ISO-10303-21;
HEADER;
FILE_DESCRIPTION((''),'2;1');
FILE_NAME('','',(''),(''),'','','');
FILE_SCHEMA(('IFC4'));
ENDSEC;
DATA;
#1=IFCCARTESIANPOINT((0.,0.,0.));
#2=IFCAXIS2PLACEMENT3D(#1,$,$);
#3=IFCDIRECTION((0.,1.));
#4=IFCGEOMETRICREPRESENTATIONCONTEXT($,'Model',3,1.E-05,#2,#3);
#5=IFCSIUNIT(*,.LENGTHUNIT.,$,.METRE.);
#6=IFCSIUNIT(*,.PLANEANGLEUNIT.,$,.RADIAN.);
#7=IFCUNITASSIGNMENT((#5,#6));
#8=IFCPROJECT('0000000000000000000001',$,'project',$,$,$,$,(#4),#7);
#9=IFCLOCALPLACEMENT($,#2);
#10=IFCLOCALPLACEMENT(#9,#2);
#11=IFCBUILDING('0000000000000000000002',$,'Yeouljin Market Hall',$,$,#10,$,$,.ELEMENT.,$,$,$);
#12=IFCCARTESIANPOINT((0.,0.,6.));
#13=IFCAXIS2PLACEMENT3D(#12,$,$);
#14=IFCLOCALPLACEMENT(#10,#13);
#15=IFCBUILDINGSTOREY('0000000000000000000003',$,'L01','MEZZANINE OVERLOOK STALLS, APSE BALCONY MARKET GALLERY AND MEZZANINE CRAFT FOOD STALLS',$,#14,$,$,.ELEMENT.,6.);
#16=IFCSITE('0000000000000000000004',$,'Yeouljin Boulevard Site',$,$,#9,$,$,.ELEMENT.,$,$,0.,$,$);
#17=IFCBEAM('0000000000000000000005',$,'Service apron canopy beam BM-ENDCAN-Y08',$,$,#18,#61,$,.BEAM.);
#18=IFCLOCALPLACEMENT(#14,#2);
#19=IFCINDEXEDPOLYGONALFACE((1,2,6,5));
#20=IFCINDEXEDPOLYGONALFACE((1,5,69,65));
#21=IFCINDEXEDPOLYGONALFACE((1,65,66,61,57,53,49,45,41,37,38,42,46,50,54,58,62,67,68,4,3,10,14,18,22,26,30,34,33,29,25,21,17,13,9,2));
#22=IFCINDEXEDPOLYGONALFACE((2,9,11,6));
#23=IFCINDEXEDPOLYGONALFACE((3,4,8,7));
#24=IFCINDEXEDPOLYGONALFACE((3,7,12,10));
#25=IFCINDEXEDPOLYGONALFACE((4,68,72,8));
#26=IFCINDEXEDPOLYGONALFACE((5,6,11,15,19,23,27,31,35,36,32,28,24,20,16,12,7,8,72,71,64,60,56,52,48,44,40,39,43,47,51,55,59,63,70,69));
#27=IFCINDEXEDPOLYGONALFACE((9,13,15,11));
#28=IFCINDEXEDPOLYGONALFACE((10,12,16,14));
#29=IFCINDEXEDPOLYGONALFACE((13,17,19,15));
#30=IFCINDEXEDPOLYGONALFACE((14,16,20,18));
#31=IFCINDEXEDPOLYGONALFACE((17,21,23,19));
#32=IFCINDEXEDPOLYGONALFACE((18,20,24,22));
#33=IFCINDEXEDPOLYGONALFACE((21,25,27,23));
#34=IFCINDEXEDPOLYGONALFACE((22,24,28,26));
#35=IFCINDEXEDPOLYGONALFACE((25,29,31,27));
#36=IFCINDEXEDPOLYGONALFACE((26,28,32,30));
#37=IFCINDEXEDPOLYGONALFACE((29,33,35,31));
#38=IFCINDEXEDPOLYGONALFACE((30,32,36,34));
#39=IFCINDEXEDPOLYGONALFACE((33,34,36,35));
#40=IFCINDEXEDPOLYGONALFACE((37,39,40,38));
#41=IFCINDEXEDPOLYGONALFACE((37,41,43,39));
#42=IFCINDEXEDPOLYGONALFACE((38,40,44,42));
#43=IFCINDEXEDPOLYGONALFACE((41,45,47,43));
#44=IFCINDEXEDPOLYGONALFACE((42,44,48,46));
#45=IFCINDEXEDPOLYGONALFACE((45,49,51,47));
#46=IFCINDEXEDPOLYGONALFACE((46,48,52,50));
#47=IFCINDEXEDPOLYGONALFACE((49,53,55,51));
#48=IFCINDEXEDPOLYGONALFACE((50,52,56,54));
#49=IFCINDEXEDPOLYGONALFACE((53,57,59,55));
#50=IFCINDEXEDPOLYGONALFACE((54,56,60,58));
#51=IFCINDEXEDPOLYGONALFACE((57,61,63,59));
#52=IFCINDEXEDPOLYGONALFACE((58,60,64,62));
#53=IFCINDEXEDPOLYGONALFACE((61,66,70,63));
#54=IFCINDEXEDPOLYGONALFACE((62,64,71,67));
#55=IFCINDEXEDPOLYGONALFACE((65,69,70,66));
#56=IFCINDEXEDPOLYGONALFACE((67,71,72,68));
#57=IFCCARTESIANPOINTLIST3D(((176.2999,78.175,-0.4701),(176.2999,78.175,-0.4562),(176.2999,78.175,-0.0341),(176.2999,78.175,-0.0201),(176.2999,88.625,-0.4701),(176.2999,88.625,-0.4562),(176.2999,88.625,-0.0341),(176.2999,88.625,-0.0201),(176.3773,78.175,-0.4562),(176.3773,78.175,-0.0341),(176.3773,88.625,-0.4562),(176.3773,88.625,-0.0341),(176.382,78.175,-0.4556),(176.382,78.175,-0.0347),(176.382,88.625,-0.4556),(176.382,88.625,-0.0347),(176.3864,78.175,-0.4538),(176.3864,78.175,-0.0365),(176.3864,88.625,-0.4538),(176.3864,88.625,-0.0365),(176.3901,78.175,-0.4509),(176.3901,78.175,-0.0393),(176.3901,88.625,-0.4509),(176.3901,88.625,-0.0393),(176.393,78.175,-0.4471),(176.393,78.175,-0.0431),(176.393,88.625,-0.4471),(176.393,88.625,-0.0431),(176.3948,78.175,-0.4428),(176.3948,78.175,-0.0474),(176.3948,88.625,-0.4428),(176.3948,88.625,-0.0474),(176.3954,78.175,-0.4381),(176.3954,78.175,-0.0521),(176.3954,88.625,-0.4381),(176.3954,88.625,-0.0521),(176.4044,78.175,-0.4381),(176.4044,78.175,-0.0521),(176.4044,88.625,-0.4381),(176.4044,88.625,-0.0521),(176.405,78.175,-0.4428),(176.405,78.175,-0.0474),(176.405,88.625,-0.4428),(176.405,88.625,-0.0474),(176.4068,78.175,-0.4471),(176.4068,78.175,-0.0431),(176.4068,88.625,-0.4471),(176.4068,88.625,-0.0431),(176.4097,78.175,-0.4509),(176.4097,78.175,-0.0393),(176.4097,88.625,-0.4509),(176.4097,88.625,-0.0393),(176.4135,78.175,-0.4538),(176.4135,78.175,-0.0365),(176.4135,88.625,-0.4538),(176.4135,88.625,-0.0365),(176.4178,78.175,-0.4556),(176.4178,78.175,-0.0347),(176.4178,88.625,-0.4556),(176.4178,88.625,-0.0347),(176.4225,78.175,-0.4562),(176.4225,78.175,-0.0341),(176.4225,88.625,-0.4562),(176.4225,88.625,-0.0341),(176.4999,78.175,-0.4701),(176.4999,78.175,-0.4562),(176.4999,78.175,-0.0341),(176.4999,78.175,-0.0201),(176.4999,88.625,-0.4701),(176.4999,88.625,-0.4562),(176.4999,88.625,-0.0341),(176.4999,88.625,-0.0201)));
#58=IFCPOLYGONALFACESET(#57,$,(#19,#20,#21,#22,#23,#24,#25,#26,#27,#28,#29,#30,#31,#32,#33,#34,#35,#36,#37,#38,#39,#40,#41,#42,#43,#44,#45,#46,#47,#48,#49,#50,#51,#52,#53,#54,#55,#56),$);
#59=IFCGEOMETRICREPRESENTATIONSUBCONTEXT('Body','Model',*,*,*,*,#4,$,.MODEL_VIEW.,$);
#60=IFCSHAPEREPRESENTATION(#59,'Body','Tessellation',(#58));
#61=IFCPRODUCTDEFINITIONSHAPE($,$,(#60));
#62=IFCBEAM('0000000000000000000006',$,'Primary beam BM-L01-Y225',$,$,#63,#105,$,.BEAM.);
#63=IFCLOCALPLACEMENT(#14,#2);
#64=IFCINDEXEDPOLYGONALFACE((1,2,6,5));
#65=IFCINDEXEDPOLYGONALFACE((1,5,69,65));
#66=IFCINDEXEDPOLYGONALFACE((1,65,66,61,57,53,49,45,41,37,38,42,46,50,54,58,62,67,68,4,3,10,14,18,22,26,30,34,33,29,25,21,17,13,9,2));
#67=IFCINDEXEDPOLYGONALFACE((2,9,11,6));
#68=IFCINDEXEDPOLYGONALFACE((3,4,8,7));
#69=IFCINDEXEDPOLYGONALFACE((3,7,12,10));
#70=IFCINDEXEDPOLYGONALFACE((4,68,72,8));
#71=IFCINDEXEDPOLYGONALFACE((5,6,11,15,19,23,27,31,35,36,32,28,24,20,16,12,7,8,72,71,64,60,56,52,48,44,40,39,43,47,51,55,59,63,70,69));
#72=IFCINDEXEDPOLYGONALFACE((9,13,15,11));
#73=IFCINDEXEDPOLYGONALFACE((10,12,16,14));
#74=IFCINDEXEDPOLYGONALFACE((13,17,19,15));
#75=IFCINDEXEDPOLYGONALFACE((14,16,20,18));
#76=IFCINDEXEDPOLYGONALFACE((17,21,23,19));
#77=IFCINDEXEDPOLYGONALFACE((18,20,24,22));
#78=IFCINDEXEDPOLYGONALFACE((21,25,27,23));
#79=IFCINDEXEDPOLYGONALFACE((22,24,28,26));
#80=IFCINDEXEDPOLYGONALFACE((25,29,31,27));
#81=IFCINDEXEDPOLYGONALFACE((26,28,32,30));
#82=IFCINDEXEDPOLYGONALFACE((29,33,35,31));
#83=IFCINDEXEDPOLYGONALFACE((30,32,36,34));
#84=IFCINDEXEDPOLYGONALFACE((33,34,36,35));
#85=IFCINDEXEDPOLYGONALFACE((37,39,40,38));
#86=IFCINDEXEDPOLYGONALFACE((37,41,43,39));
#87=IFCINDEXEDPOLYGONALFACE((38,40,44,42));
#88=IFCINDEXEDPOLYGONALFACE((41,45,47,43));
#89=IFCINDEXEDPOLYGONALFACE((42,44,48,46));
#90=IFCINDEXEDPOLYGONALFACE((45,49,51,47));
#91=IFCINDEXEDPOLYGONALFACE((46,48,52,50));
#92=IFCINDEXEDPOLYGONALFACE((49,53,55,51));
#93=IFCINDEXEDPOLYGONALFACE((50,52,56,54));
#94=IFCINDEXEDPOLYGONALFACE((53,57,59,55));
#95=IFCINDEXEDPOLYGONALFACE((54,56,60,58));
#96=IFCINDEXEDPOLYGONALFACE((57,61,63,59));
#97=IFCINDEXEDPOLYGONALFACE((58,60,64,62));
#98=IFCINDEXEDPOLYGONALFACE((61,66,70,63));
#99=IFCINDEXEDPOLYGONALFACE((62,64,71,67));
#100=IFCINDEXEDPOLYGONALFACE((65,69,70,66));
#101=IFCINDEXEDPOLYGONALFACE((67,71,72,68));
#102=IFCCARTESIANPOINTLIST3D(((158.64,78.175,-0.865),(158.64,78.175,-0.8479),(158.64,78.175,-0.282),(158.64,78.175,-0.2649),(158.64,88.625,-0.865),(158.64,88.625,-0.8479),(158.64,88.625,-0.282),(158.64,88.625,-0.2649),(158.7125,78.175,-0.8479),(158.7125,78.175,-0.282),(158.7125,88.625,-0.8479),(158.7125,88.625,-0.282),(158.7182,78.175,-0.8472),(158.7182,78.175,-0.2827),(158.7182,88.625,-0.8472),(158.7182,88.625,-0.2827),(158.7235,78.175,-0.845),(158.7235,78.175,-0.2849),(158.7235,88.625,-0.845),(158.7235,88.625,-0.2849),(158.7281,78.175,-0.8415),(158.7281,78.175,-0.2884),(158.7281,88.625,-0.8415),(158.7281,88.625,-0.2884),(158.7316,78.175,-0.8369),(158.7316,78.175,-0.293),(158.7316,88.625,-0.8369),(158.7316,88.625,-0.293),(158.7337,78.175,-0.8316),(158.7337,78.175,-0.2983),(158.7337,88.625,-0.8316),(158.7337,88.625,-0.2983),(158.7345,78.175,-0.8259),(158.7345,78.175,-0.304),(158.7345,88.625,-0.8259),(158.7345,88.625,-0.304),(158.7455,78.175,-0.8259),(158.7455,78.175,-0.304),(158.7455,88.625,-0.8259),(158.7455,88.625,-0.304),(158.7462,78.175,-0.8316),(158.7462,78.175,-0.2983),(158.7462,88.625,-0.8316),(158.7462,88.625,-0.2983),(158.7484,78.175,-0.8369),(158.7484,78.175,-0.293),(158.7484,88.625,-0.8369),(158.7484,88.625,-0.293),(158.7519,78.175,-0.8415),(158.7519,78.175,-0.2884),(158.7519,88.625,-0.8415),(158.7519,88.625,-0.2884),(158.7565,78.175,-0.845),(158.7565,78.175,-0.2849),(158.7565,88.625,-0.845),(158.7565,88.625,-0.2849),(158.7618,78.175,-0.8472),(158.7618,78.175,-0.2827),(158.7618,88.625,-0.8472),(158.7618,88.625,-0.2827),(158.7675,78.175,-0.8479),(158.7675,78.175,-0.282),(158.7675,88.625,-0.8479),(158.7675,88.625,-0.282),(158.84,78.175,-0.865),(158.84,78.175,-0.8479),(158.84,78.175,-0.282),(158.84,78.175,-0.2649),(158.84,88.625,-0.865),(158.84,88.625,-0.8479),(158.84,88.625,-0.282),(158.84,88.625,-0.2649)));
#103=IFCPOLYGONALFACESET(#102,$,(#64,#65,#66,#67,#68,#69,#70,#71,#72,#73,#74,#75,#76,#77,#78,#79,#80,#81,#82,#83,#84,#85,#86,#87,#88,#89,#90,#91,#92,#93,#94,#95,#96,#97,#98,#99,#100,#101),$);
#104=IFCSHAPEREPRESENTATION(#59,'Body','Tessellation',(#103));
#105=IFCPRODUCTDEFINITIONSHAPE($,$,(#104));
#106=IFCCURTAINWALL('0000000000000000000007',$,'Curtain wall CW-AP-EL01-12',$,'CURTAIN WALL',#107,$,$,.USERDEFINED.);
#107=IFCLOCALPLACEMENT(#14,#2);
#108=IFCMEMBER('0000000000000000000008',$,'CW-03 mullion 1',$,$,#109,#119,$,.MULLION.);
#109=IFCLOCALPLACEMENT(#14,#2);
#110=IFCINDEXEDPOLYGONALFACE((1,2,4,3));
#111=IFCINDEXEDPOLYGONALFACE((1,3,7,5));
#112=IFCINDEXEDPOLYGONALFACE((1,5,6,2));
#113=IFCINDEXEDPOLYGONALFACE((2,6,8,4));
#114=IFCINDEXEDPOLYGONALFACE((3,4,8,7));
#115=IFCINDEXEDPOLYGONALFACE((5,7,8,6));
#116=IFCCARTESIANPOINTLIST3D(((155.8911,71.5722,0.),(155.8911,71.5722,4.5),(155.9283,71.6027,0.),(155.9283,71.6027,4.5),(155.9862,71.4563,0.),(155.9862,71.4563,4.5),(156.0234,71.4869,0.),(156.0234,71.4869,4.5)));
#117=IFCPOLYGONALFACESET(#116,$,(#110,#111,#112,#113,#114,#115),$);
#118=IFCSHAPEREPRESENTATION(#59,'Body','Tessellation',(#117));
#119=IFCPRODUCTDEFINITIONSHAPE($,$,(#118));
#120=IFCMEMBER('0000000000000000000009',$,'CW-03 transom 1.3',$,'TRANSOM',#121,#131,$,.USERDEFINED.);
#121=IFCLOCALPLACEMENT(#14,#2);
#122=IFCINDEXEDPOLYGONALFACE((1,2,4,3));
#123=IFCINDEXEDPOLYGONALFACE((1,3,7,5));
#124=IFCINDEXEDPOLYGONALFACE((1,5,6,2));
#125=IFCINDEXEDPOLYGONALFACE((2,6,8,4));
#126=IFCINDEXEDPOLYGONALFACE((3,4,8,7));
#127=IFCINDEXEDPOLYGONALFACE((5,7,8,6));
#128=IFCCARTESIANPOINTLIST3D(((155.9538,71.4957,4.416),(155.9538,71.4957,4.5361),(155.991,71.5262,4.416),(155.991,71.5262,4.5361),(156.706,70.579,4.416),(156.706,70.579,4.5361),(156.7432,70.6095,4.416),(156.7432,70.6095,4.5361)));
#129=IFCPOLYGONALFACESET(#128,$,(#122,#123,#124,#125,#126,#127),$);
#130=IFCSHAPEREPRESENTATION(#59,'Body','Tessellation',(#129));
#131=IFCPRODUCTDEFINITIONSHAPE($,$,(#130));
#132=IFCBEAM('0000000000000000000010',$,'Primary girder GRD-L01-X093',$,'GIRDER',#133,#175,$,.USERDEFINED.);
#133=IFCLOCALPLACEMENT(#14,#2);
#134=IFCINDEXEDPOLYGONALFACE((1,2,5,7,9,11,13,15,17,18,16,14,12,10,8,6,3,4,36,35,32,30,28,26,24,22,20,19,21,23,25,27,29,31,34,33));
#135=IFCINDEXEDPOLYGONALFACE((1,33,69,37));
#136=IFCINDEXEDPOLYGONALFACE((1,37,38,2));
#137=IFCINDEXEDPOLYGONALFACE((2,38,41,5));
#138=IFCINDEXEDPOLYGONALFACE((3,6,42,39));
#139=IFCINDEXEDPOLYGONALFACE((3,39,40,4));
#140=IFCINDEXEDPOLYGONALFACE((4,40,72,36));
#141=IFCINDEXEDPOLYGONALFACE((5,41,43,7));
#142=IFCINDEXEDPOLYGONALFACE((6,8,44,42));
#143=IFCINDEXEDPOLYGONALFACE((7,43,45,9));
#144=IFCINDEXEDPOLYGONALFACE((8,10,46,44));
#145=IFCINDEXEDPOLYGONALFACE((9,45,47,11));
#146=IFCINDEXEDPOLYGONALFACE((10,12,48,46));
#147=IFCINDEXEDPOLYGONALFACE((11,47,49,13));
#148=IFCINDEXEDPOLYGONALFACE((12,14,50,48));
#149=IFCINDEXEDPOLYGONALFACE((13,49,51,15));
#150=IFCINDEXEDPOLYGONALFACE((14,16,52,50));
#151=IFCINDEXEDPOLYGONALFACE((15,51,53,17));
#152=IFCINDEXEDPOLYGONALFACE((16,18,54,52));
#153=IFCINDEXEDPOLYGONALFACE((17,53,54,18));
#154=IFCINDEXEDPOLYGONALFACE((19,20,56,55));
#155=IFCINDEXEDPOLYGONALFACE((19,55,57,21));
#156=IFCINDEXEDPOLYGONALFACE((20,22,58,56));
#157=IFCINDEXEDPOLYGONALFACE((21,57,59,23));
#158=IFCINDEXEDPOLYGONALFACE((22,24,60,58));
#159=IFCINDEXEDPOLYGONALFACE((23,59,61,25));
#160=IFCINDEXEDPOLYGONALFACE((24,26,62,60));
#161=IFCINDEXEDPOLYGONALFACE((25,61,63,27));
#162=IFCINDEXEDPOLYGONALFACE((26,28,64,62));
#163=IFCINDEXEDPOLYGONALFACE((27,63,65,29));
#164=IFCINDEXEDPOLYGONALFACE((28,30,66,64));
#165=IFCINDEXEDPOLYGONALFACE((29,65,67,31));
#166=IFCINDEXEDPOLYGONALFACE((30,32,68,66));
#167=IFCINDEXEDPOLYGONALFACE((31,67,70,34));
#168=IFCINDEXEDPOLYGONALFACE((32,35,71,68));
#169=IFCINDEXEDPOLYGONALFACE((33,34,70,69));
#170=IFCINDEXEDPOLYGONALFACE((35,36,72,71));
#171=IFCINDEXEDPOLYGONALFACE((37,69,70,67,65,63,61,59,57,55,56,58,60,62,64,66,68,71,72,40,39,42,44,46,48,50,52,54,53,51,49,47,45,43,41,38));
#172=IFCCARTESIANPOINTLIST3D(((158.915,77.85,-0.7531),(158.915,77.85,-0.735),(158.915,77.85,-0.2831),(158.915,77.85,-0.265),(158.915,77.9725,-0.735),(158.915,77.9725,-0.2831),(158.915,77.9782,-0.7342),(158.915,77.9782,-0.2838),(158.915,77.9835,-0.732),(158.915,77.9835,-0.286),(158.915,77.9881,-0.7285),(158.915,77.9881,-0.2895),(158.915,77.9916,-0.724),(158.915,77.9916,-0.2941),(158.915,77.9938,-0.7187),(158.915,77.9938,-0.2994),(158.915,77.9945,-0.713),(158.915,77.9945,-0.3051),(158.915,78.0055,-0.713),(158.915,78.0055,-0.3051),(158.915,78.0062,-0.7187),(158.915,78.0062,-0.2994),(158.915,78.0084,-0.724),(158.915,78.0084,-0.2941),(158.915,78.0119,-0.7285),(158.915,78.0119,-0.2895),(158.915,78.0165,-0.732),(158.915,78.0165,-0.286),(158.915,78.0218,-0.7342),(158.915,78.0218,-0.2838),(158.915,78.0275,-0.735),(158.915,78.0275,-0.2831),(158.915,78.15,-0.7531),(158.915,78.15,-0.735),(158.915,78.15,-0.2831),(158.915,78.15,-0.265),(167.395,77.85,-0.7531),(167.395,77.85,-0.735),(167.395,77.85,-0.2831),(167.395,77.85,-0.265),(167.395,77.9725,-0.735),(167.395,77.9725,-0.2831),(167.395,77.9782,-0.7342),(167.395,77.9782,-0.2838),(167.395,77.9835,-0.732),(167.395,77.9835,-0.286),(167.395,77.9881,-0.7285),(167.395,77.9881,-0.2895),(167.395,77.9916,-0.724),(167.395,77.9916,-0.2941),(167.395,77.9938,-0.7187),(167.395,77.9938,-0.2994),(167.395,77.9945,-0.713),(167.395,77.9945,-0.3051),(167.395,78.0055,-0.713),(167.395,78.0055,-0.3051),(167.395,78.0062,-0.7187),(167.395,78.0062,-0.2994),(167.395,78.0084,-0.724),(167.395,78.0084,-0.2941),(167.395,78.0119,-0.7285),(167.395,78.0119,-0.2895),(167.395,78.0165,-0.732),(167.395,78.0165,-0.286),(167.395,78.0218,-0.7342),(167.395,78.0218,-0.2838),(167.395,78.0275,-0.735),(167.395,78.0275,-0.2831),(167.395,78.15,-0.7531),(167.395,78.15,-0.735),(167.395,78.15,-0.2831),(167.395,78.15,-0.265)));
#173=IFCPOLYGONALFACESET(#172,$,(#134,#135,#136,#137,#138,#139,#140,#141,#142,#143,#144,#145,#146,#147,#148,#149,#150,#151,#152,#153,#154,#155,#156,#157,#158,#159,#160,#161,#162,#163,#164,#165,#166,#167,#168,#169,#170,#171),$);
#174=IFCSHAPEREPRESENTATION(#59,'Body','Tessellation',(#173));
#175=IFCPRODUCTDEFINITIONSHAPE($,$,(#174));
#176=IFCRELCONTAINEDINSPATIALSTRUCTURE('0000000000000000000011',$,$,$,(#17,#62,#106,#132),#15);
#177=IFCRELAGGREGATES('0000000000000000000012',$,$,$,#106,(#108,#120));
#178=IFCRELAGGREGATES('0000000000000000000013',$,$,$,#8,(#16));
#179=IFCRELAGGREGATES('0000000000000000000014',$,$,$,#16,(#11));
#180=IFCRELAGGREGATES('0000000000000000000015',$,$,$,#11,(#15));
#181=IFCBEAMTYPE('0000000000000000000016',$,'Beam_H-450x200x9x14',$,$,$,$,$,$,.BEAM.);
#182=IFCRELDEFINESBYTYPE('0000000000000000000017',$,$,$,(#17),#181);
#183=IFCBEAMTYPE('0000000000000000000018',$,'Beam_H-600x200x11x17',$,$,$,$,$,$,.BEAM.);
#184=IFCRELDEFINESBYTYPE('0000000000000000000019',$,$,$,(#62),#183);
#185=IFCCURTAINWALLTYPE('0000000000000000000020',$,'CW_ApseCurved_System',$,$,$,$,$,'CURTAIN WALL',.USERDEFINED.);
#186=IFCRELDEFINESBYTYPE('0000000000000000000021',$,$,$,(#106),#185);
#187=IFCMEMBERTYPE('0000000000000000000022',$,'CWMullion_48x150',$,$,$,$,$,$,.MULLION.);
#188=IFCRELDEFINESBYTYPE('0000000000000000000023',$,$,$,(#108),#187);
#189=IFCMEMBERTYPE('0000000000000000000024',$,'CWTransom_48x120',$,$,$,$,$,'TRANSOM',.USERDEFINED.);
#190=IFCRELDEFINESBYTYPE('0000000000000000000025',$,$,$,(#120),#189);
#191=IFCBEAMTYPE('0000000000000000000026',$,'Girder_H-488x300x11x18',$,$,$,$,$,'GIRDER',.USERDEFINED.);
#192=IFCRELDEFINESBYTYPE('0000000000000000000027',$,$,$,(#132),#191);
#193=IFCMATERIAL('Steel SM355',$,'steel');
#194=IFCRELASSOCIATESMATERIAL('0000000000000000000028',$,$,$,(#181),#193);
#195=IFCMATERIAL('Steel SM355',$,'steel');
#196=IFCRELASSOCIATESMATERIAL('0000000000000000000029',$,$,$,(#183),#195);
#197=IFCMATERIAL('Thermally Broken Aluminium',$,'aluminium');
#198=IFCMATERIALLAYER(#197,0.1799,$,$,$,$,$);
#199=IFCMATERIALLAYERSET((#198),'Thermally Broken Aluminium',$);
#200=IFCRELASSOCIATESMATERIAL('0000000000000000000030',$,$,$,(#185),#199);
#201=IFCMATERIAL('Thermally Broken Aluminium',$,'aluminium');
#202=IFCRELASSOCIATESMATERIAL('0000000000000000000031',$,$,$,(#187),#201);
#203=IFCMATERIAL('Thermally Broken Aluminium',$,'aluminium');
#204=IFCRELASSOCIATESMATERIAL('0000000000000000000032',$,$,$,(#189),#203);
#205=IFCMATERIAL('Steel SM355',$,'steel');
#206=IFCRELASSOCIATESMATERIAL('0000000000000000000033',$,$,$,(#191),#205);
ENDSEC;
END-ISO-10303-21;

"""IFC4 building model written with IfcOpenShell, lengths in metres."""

from ifc_helpers import new_model, si_unit, direction, frame, origin, origin_2d, place, context, subcontext, project, spatial, rectangle, i_section, extrude, material, layer, layer_set, material_profile, profile_set, type_object, element, aggregate, save


model = new_model("IFC4")

# Units and contexts
model_context = context("Model", 3, precision=1e-05, world=origin(), true_north=direction((0.0, 1.0)))
body_context = subcontext(model_context, "Body", "Model", "MODEL_VIEW")
ifc_project = project(units=[si_unit("LENGTHUNIT", "METRE"), si_unit("PLANEANGLEUNIT", "RADIAN")], contexts=[model_context])

# Site, building, storey
site_placement = place(None, origin())
site = spatial("IfcSite", under=ifc_project, at=site_placement, Name="Yeouljin Boulevard Site", CompositionType="ELEMENT", RefElevation=0.0)
building_placement = place(site_placement, origin())
building = spatial("IfcBuilding", under=site, at=building_placement, Name="Yeouljin Market Hall", CompositionType="ELEMENT")
storey_placement = place(building_placement, frame((0.0, 0.0, 6.0)))
storey = spatial("IfcBuildingStorey", under=building, at=storey_placement, Name="L01", Description="MEZZANINE OVERLOOK STALLS, APSE BALCONY MARKET GALLERY AND MEZZANINE CRAFT FOOD STALLS", CompositionType="ELEMENT", Elevation=6.0)

# Beams
ifc_material_1 = material(Name="Steel SM355", Category="steel")
ifc_material_profile_1 = material_profile(ifc_material_1, i_section(OverallWidth=0.2, OverallDepth=0.45, WebThickness=0.009, FlangeThickness=0.0139, FilletRadius=0.0181, at=origin_2d()), Name="H-450x200x9x14")
ifc_profile_set_1 = profile_set([ifc_material_profile_1], Name="Steel SM355")
beam_type_1 = type_object("IfcBeamType", Name="Beam_H-450x200x9x14", PredefinedType="BEAM", material=ifc_profile_set_1)
for number, where, z_axis, x_axis, name in (
    (1, (176.3999, 78.175, -0.2451), (0.0, 1.0, 0.0), (-1.0, 0.0, 0.0), "Service apron canopy beam BM-ENDCAN-Y08"),
):
    element("IfcBeam", number, at=place(storey_placement, frame(where, z_axis=z_axis, x_axis=x_axis)), inside=storey, type_object=beam_type_1, Name=name, PredefinedType="BEAM", context=body_context, shape_type="SweptSolid", body=[
        extrude(i_section(OverallWidth=0.2, OverallDepth=0.45, WebThickness=0.009, FlangeThickness=0.0139, FilletRadius=0.0181, at=origin_2d()), origin(), (0.0, 0.0, 1.0), 10.45),
    ])
ifc_material_2 = material(Name="Steel SM355", Category="steel")
ifc_material_profile_2 = material_profile(ifc_material_2, i_section(OverallWidth=0.2, OverallDepth=0.6001, WebThickness=0.011, FlangeThickness=0.0171, FilletRadius=0.022, at=origin_2d()), Name="H-600x200x11x17")
ifc_profile_set_2 = profile_set([ifc_material_profile_2], Name="Steel SM355")
beam_type_2 = type_object("IfcBeamType", Name="Beam_H-600x200x11x17", PredefinedType="BEAM", material=ifc_profile_set_2)
beam_placement = place(storey_placement, frame((158.74, 78.175, -0.5649), z_axis=(0.0, 1.0, 0.0), x_axis=(-1.0, 0.0, 0.0)))
element("IfcBeam", 2, at=beam_placement, inside=storey, type_object=beam_type_2, Name="Primary beam BM-L01-Y225", PredefinedType="BEAM", context=body_context, shape_type="SweptSolid", body=[
    extrude(i_section(OverallWidth=0.2, OverallDepth=0.6001, WebThickness=0.011, FlangeThickness=0.0171, FilletRadius=0.022, at=origin_2d()), origin(), (0.0, 0.0, 1.0), 10.45),
])

# Curtain wall, members
ifc_material_3 = material(Name="Thermally Broken Aluminium", Category="aluminium")
ifc_layer_1 = layer(ifc_material_3, 0.1799)
ifc_layer_set_1 = layer_set([ifc_layer_1], Name="Thermally Broken Aluminium")
curtain_wall_type = type_object("IfcCurtainWallType", Name="CW_ApseCurved_System", ElementType="CURTAIN WALL", PredefinedType="USERDEFINED", material=ifc_layer_set_1)
curtain_wall_placement = place(storey_placement, origin())
curtain_wall = element("IfcCurtainWall", 3, at=curtain_wall_placement, inside=storey, type_object=curtain_wall_type, Name="Curtain wall CW-AP-EL01-12", ObjectType="CURTAIN WALL", PredefinedType="USERDEFINED")
ifc_material_4 = material(Name="Thermally Broken Aluminium", Category="aluminium")
ifc_material_profile_3 = material_profile(ifc_material_4, rectangle(XDim=0.0481, YDim=0.1499, at=origin_2d()), Name="CW-MULL-48x150")
ifc_profile_set_3 = profile_set([ifc_material_profile_3], Name="Thermally Broken Aluminium")
member_type_1 = type_object("IfcMemberType", Name="CWMullion_48x150", PredefinedType="MULLION", material=ifc_profile_set_3)
member_1_placement = place(storey_placement, frame((155.9573, 71.5295, 0.0), z_axis=(0.0, 0.0, 1.0), x_axis=(0.773018, 0.634384, 0.0)))
member_1 = element("IfcMember", 4, at=member_1_placement, type_object=member_type_1, Name="CW-03 mullion 1", PredefinedType="MULLION", context=body_context, shape_type="SweptSolid", body=[
    extrude(rectangle(XDim=0.0481, YDim=0.1499, at=origin_2d()), origin(), (0.0, 0.0, 1.0), 4.5),
])
ifc_material_5 = material(Name="Thermally Broken Aluminium", Category="aluminium")
ifc_material_profile_4 = material_profile(ifc_material_5, rectangle(XDim=0.0481, YDim=0.1201, at=origin_2d()), Name="CW-TRAN-48x120")
ifc_profile_set_4 = profile_set([ifc_material_profile_4], Name="Thermally Broken Aluminium")
member_type_2 = type_object("IfcMemberType", Name="CWTransom_48x120", ElementType="TRANSOM", PredefinedType="USERDEFINED", material=ifc_profile_set_4)
member_2_placement = place(storey_placement, frame((155.9724, 71.511, 4.4761), z_axis=(0.634313, -0.773076, 0.0), x_axis=(0.773076, 0.634313, 0.0)))
member_2 = element("IfcMember", 5, at=member_2_placement, type_object=member_type_2, Name="CW-03 transom 1.3", ObjectType="TRANSOM", PredefinedType="USERDEFINED", context=body_context, shape_type="SweptSolid", body=[
    extrude(rectangle(XDim=0.0481, YDim=0.1201, at=origin_2d()), origin(), (0.0, 0.0, 1.0), 1.1858),
])
aggregate(curtain_wall, [member_1, member_2])

# Beam
ifc_material_6 = material(Name="Steel SM355", Category="steel")
ifc_material_profile_5 = material_profile(ifc_material_6, i_section(OverallWidth=0.3, OverallDepth=0.488, WebThickness=0.011, FlangeThickness=0.0181, FilletRadius=0.022, at=origin_2d()), Name="H-488x300x11x18")
ifc_profile_set_5 = profile_set([ifc_material_profile_5], Name="Steel SM355")
beam_type_3 = type_object("IfcBeamType", Name="Girder_H-488x300x11x18", ElementType="GIRDER", PredefinedType="USERDEFINED", material=ifc_profile_set_5)
for number, where, z_axis, x_axis, name in (
    (6, (158.915, 78.0, -0.509), (1.0, 0.0, 0.0), (0.0, 1.0, 0.0), "Primary girder GRD-L01-X093"),
):
    element("IfcBeam", number, at=place(storey_placement, frame(where, z_axis=z_axis, x_axis=x_axis)), inside=storey, type_object=beam_type_3, Name=name, ObjectType="GIRDER", PredefinedType="USERDEFINED", context=body_context, shape_type="SweptSolid", body=[
        extrude(i_section(OverallWidth=0.3, OverallDepth=0.488, WebThickness=0.011, FlangeThickness=0.0181, FilletRadius=0.022, at=origin_2d()), origin(), (0.0, 0.0, 1.0), 8.48),
    ])

save(model, "model.ifc")
